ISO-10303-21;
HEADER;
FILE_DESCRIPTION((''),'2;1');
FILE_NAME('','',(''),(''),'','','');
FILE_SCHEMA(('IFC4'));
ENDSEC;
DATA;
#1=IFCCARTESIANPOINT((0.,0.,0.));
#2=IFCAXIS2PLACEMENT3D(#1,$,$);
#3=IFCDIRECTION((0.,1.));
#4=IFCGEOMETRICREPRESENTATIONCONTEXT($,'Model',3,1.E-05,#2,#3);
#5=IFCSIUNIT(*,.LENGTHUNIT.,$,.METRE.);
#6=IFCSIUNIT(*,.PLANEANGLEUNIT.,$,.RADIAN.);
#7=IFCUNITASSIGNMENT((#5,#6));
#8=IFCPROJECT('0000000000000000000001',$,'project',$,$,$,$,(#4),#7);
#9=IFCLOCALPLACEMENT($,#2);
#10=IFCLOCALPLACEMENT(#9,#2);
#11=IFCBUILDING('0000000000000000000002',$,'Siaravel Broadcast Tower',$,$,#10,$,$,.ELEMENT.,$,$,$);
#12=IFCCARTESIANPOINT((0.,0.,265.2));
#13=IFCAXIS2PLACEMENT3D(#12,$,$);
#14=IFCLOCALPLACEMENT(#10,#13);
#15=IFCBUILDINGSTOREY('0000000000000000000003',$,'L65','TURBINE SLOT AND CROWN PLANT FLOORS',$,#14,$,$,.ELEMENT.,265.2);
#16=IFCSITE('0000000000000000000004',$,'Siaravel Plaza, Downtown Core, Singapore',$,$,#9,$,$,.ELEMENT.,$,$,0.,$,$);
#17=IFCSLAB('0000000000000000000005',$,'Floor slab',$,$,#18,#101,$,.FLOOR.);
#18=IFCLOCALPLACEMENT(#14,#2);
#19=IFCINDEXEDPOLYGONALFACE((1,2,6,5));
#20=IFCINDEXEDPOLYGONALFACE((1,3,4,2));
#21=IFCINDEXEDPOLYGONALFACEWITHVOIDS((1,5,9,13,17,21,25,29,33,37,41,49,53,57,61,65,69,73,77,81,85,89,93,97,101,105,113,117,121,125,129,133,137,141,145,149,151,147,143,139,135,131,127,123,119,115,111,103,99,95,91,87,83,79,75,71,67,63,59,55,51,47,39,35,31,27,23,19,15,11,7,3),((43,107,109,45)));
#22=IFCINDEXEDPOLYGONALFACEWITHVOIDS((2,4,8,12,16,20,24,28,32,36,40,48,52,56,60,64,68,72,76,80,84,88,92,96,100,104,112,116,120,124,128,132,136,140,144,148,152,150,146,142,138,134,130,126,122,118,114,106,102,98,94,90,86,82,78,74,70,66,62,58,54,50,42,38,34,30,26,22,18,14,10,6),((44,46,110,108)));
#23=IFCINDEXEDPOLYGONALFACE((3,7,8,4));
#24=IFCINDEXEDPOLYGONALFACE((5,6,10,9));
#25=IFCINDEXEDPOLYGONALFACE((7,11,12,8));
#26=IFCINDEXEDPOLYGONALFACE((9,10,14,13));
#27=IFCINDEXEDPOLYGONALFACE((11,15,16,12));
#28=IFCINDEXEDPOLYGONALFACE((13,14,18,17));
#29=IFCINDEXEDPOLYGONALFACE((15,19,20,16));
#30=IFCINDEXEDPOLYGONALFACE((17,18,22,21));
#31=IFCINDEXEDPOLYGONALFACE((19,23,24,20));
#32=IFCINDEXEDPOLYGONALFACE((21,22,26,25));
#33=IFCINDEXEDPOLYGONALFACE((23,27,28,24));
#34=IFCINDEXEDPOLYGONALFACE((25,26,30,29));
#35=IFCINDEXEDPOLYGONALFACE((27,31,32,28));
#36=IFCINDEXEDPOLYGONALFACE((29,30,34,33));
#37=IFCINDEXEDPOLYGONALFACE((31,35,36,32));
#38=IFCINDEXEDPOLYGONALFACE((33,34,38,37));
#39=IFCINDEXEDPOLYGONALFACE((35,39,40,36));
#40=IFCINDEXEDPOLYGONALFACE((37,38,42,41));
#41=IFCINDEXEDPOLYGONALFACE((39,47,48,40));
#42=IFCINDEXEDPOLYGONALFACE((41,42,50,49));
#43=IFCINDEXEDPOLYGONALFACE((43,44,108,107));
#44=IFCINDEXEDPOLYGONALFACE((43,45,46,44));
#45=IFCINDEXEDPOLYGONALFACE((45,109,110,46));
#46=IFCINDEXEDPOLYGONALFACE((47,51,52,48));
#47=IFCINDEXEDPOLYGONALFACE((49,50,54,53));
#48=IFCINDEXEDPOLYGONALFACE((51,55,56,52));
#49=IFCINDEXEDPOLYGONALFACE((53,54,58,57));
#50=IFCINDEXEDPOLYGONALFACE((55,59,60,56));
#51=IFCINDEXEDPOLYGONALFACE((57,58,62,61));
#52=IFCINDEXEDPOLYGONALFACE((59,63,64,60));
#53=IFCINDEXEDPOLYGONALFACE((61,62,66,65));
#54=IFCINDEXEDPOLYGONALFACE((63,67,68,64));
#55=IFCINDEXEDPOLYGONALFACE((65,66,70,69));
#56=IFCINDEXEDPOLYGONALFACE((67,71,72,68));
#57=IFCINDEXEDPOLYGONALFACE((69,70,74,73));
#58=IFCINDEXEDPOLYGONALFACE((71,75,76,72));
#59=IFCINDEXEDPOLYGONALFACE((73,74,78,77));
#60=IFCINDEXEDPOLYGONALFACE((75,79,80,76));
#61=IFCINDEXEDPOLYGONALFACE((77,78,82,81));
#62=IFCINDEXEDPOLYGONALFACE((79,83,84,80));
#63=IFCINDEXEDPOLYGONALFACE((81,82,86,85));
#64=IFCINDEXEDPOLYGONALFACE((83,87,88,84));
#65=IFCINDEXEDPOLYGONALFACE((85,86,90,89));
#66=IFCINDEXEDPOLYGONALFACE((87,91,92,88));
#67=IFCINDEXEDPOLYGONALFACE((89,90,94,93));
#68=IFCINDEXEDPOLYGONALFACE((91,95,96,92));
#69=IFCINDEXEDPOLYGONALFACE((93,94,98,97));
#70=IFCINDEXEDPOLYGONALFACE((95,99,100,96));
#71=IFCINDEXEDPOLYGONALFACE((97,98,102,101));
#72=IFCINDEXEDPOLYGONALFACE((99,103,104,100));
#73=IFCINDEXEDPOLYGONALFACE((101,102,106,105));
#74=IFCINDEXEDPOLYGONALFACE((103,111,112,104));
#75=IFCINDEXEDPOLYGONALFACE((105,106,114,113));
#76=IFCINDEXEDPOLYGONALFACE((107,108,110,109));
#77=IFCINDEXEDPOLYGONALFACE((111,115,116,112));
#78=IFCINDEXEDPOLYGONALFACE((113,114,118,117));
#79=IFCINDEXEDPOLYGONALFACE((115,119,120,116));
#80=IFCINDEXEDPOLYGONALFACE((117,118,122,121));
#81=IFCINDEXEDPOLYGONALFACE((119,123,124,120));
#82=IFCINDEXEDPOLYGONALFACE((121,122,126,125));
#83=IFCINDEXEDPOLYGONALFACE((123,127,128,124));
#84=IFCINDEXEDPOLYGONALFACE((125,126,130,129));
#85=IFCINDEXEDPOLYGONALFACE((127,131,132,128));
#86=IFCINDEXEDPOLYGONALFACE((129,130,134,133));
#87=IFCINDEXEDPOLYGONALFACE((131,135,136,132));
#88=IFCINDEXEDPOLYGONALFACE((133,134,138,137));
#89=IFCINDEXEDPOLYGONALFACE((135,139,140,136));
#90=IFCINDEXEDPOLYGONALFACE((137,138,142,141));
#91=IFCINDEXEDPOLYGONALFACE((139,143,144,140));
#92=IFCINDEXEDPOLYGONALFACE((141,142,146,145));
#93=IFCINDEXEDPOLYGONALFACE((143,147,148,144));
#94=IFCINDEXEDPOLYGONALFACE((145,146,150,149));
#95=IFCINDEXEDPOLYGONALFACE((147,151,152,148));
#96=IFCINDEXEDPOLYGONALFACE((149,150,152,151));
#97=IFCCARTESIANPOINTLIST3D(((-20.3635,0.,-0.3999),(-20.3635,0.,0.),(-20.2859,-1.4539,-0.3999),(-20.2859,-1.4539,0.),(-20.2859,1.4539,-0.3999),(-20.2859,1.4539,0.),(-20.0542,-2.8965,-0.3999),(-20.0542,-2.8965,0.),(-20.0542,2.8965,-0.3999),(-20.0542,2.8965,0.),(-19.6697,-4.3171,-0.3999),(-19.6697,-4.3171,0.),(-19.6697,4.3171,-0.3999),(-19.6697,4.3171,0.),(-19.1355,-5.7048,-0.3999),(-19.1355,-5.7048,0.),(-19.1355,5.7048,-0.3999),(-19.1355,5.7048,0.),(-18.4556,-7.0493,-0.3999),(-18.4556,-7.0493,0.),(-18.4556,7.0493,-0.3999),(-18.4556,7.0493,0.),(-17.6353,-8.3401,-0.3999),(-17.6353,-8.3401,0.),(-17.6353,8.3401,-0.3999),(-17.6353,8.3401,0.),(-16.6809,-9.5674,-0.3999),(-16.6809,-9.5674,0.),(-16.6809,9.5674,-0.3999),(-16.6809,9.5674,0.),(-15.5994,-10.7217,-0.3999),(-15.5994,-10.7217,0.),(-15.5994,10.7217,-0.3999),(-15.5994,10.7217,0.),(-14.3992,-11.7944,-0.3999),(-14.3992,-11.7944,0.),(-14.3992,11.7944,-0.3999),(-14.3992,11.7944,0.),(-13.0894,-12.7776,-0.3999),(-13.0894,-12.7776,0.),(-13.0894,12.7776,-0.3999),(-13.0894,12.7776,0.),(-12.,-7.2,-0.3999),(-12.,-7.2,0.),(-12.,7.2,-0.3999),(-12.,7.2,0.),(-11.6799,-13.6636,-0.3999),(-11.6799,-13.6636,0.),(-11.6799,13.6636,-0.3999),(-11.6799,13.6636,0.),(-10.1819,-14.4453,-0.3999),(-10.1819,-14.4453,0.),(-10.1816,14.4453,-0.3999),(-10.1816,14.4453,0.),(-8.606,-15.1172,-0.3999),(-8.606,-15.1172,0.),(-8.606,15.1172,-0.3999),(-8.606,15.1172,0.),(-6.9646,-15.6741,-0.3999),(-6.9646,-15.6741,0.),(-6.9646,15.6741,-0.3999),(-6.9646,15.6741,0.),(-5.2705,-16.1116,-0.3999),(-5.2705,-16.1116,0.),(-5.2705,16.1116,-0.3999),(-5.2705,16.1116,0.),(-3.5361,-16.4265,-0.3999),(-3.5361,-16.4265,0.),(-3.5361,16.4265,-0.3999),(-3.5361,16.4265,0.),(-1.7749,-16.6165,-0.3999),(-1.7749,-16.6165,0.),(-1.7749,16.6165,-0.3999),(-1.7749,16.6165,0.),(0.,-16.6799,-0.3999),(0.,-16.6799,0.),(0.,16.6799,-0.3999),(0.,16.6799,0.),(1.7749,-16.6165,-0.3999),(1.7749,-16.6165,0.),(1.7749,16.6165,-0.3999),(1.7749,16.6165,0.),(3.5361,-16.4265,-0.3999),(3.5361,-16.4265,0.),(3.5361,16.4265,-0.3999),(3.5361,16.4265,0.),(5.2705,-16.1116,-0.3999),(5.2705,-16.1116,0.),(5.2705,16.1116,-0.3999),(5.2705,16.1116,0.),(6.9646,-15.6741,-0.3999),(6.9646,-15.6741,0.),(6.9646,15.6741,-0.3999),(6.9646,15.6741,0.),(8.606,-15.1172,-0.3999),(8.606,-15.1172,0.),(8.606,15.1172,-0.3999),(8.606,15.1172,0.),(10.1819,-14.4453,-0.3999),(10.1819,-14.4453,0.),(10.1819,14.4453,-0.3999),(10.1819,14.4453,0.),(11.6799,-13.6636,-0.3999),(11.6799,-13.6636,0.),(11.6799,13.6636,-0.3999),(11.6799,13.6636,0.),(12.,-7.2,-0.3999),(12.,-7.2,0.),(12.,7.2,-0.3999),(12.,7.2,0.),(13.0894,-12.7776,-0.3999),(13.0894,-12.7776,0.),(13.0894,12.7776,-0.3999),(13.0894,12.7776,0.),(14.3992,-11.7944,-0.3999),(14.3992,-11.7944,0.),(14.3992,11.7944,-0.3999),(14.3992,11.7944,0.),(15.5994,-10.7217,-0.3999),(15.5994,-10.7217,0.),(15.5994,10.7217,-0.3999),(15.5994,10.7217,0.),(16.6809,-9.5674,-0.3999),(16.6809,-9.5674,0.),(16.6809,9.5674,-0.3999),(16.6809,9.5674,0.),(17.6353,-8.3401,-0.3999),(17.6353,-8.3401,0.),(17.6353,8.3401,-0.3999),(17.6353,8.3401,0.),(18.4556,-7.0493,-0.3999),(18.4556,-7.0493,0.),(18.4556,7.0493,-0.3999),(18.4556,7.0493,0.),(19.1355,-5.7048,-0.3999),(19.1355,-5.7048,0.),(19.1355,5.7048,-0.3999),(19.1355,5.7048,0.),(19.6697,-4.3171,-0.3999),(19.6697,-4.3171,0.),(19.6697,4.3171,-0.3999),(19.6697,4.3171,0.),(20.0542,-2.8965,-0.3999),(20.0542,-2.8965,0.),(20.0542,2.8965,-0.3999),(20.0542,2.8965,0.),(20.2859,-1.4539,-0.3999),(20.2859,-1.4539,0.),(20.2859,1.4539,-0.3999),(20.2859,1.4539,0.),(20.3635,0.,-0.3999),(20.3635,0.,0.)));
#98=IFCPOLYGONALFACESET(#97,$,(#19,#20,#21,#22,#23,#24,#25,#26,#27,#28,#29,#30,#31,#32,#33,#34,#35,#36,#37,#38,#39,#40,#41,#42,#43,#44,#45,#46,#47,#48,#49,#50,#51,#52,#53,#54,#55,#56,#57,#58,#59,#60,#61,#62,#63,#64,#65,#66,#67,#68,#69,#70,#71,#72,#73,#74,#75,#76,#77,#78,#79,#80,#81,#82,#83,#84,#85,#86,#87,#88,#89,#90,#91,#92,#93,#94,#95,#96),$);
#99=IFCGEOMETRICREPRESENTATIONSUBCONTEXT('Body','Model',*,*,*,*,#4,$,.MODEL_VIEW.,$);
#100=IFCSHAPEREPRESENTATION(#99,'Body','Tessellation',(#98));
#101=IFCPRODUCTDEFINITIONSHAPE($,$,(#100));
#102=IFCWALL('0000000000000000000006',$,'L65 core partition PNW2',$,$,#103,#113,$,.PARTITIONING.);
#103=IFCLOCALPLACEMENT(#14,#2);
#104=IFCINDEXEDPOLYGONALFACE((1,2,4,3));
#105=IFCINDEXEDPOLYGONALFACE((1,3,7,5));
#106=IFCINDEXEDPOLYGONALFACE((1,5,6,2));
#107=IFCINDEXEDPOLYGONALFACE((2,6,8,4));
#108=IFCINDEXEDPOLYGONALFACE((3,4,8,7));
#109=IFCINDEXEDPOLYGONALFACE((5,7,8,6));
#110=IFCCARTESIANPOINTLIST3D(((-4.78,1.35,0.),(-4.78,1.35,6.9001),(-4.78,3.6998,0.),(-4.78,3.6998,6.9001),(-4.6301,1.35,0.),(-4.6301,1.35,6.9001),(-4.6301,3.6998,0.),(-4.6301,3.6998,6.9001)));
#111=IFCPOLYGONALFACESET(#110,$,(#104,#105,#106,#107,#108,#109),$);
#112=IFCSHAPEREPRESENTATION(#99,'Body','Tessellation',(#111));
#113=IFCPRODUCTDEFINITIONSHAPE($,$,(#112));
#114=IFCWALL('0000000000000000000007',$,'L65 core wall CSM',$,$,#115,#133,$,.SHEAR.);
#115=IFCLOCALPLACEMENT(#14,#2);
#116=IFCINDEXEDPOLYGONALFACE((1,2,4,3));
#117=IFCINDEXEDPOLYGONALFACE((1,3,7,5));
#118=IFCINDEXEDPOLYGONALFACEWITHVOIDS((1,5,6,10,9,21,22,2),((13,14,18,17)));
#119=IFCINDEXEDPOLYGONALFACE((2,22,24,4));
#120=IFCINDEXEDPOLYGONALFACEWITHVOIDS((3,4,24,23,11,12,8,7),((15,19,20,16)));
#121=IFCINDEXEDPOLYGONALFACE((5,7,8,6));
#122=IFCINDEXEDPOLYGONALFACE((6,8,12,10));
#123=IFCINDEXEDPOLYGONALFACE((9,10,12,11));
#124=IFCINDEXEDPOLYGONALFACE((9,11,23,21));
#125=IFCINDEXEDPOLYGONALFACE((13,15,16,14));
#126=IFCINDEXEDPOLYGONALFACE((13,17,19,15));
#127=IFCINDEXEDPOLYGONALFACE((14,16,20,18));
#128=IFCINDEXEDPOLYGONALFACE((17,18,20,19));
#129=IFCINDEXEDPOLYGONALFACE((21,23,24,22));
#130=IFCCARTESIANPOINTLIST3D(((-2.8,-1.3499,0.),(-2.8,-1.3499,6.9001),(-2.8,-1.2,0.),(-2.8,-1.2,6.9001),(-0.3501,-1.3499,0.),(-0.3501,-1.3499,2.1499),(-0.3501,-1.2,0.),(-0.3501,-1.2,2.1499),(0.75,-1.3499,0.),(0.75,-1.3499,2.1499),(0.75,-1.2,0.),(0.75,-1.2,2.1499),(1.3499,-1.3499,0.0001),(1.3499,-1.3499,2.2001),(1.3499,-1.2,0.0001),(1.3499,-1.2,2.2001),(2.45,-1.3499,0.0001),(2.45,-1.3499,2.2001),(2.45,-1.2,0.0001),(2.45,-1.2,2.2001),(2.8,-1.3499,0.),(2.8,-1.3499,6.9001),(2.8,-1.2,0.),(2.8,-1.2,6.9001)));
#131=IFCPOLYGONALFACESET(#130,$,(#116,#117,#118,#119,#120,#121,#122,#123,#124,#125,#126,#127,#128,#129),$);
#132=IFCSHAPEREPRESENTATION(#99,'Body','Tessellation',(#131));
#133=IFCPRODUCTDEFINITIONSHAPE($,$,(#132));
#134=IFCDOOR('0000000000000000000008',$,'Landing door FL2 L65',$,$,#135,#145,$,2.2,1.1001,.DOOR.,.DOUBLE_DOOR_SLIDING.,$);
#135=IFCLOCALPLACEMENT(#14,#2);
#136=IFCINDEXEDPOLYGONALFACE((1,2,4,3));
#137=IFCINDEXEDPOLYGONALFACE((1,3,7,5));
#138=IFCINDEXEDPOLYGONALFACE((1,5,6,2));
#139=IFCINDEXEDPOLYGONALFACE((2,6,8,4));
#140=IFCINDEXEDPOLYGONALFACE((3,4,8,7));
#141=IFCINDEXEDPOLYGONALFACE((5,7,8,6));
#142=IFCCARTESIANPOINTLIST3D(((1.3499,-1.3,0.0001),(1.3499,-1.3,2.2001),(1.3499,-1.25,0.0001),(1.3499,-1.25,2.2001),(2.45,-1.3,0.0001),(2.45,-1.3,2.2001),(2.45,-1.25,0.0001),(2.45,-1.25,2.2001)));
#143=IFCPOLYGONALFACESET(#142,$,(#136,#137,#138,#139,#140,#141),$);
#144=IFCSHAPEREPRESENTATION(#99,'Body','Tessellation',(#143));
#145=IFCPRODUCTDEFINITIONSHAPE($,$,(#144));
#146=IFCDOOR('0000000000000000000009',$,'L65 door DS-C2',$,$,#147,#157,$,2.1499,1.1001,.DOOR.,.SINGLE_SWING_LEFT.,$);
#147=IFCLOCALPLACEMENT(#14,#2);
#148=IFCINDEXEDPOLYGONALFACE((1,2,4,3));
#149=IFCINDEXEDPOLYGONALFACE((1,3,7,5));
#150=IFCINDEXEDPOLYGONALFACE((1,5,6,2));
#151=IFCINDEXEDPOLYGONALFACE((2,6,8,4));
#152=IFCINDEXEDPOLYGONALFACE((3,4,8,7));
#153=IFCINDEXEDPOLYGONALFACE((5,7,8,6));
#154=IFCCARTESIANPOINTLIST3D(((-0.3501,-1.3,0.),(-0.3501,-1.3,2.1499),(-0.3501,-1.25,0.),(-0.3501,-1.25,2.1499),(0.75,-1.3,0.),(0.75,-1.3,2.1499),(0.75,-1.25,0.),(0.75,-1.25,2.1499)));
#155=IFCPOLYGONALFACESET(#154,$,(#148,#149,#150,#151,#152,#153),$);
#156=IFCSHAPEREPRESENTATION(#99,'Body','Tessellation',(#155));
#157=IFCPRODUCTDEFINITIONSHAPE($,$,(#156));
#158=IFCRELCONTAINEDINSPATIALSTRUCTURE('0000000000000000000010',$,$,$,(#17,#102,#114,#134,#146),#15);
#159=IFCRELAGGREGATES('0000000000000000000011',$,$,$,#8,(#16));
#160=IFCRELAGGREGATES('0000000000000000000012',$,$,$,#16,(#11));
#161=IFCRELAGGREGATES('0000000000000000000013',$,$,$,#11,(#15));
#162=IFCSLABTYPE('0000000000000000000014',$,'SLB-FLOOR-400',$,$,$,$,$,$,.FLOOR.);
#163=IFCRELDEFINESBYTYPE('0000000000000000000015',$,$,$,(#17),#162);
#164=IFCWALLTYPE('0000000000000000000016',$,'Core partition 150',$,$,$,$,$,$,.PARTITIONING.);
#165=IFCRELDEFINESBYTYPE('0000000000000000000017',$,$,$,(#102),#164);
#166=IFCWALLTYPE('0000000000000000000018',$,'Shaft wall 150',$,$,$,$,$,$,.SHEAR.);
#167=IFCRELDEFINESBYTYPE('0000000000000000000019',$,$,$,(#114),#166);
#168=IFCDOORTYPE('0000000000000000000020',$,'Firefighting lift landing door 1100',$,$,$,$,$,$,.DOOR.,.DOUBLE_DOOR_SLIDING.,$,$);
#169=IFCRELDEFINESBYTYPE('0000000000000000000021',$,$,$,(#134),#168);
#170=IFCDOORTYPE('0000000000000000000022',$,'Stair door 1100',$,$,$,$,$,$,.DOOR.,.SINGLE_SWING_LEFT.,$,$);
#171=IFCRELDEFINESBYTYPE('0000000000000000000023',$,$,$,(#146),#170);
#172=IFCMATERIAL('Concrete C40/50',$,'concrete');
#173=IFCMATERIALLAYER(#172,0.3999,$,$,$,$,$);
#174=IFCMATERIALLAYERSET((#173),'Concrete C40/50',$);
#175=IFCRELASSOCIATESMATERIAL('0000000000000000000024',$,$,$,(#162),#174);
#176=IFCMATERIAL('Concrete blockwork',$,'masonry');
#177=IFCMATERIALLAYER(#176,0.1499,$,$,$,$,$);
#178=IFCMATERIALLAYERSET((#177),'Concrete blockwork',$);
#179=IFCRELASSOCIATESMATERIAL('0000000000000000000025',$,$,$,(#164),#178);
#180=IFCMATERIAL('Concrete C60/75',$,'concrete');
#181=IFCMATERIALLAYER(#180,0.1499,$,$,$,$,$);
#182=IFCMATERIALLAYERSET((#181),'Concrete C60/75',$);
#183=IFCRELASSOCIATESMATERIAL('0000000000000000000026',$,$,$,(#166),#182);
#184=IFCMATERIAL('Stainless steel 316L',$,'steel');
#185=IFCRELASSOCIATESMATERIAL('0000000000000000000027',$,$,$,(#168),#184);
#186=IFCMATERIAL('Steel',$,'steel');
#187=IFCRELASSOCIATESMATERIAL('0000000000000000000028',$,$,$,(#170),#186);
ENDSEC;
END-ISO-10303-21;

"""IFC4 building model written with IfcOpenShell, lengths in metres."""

from ifc_helpers import new_model, si_unit, direction, frame, frame_2d, origin, place, context, subcontext, project, spatial, polyline, rectangle, outline, extrude, material, layer, layer_set, type_object, element, fill, save


model = new_model("IFC4")

# Units and contexts
model_context = context("Model", 3, precision=1e-05, world=origin(), true_north=direction((0.0, 1.0)))
body_context = subcontext(model_context, "Body", "Model", "MODEL_VIEW")
ifc_project = project(units=[si_unit("LENGTHUNIT", "METRE"), si_unit("PLANEANGLEUNIT", "RADIAN")], contexts=[model_context])

# Site, building, storey
site_placement = place(None, origin())
site = spatial("IfcSite", under=ifc_project, at=site_placement, Name="Siaravel Plaza, Downtown Core, Singapore", CompositionType="ELEMENT", RefElevation=0.0)
building_placement = place(site_placement, origin())
building = spatial("IfcBuilding", under=site, at=building_placement, Name="Siaravel Broadcast Tower", CompositionType="ELEMENT")
storey_placement = place(building_placement, frame((0.0, 0.0, 265.2)))
storey = spatial("IfcBuildingStorey", under=building, at=storey_placement, Name="L65", Description="TURBINE SLOT AND CROWN PLANT FLOORS", CompositionType="ELEMENT", Elevation=265.2)

# Slab
ifc_material_1 = material(Name="Concrete C40/50", Category="concrete")
ifc_layer_1 = layer(ifc_material_1, 0.3999)
ifc_layer_set_1 = layer_set([ifc_layer_1], Name="Concrete C40/50")
slab_type = type_object("IfcSlabType", Name="SLB-FLOOR-400", PredefinedType="FLOOR", material=ifc_layer_set_1)
slab_placement = place(storey_placement, frame((0.0, 0.0, -0.3999)))
element("IfcSlab", 1, at=slab_placement, inside=storey, type_object=slab_type, Name="Floor slab", PredefinedType="FLOOR", context=body_context, shape_type="SweptSolid", body=[
    extrude(outline(polyline([(20.3635, 0.0), (20.2859, 1.4539), (20.0542, 2.8965), (19.6697, 4.3171), (19.1355, 5.7048), (18.4556, 7.0493), (17.6353, 8.3401), (16.6809, 9.5674), (15.5994, 10.7217), (14.3992, 11.7944), (13.0894, 12.7776), (11.6799, 13.6636), (10.1819, 14.4453), (8.606, 15.1172), (6.9646, 15.6741), (5.2705, 16.1116), (3.5361, 16.4265), (1.7749, 16.6165), (0.0, 16.6799), (-1.7749, 16.6165), (-3.5361, 16.4265), (-5.2705, 16.1116), (-6.9646, 15.6741), (-8.606, 15.1172), (-10.1816, 14.4453), (-11.6799, 13.6636), (-13.0894, 12.7776), (-14.3992, 11.7944), (-15.5994, 10.7217), (-16.6809, 9.5674), (-17.6353, 8.3401), (-18.4556, 7.0493), (-19.1355, 5.7048), (-19.6697, 4.3171), (-20.0542, 2.8965), (-20.2859, 1.4539), (-20.3635, 0.0), (-20.2859, -1.4539), (-20.0542, -2.8965), (-19.6697, -4.3171), (-19.1355, -5.7048), (-18.4556, -7.0493), (-17.6353, -8.3401), (-16.6809, -9.5674), (-15.5994, -10.7217), (-14.3992, -11.7944), (-13.0894, -12.7776), (-11.6799, -13.6636), (-10.1819, -14.4453), (-8.606, -15.1172), (-6.9646, -15.6741), (-5.2705, -16.1116), (-3.5361, -16.4265), (-1.7749, -16.6165), (0.0, -16.6799), (1.7749, -16.6165), (3.5361, -16.4265), (5.2705, -16.1116), (6.9646, -15.6741), (8.606, -15.1172), (10.1819, -14.4453), (11.6799, -13.6636), (13.0894, -12.7776), (14.3992, -11.7944), (15.5994, -10.7217), (16.6809, -9.5674), (17.6353, -8.3401), (18.4556, -7.0493), (19.1355, -5.7048), (19.6697, -4.3171), (20.0542, -2.8965), (20.2859, -1.4539), (20.3635, 0.0)]), holes=[polyline([(-12.0, 7.2), (12.0, 7.2), (12.0, -7.2), (-12.0, -7.2), (-12.0, 7.2)])]), origin(), (0.0, 0.0, 1.0), 0.3999),
])

# Wall
ifc_material_2 = material(Name="Concrete blockwork", Category="masonry")
ifc_layer_2 = layer(ifc_material_2, 0.1499)
ifc_layer_set_2 = layer_set([ifc_layer_2], Name="Concrete blockwork")
wall_type_1 = type_object("IfcWallType", Name="Core partition 150", PredefinedType="PARTITIONING", material=ifc_layer_set_2)
wall_1_placement = place(storey_placement, frame((-4.7051, 1.3501, 0.0), z_axis=(0.0, 0.0, 1.0), x_axis=(0.0, 1.0, 0.0)))
element("IfcWall", 2, at=wall_1_placement, inside=storey, type_object=wall_type_1, Name="L65 core partition PNW2", PredefinedType="PARTITIONING", context=body_context, shape_type="SweptSolid", body=[
    extrude(rectangle(XDim=2.3499, YDim=0.1499, at=frame_2d((1.1748, 0.0))), origin(), (0.0, 0.0, 1.0), 6.9001),
])

# Wall, openings, doors
ifc_material_3 = material(Name="Concrete C60/75", Category="concrete")
ifc_layer_3 = layer(ifc_material_3, 0.1499)
ifc_layer_set_3 = layer_set([ifc_layer_3], Name="Concrete C60/75")
wall_type_2 = type_object("IfcWallType", Name="Shaft wall 150", PredefinedType="SHEAR", material=ifc_layer_set_3)
wall_2_placement = place(storey_placement, frame((-2.8, -1.2749, 0.0), z_axis=(0.0, 0.0, 1.0), x_axis=(1.0, 0.0, 0.0)))
wall_2 = element("IfcWall", 3, at=wall_2_placement, inside=storey, type_object=wall_type_2, Name="L65 core wall CSM", PredefinedType="SHEAR", context=body_context, shape_type="SweptSolid", body=[
    extrude(rectangle(XDim=5.6001, YDim=0.1499, at=frame_2d((2.8, 0.0))), origin(), (0.0, 0.0, 1.0), 6.9001),
])
opening_1_placement = place(wall_2_placement, frame((4.1499, 0.0, 0.0)))
opening_1 = element("IfcOpeningElement", 4, at=opening_1_placement, cuts=wall_2, PredefinedType="OPENING", context=body_context, shape_type="SweptSolid", body=[
    extrude(rectangle(XDim=1.1001, YDim=2.2, at=frame_2d((0.55, 1.1001))), frame((0.0, 0.085, 0.0), z_axis=(0.0, -1.0, 0.0), x_axis=(1.0, 0.0, 0.0)), (0.0, 0.0, 1.0), 0.1699),
])
opening_2_placement = place(wall_2_placement, frame((2.45, 0.0, 0.0)))
opening_2 = element("IfcOpeningElement", 5, at=opening_2_placement, cuts=wall_2, PredefinedType="OPENING", context=body_context, shape_type="SweptSolid", body=[
    extrude(rectangle(XDim=1.1001, YDim=2.1499, at=frame_2d((0.55, 1.075))), frame((0.0, 0.085, 0.0), z_axis=(0.0, -1.0, 0.0), x_axis=(1.0, 0.0, 0.0)), (0.0, 0.0, 1.0), 0.1699),
])
ifc_material_4 = material(Name="Stainless steel 316L", Category="steel")
door_type_1 = type_object("IfcDoorType", Name="Firefighting lift landing door 1100", OperationType="DOUBLE_DOOR_SLIDING", PredefinedType="DOOR", material=ifc_material_4)
door_1_placement = place(opening_1_placement, origin())
door_1 = element("IfcDoor", 6, at=door_1_placement, inside=storey, type_object=door_type_1, Name="Landing door FL2 L65", OperationType="DOUBLE_DOOR_SLIDING", OverallHeight=2.2, OverallWidth=1.1001, PredefinedType="DOOR", context=body_context, shape_type="SweptSolid", body=[
    extrude(rectangle(XDim=1.1001, YDim=2.2, at=frame_2d((0.55, 1.1001))), frame((0.0, 0.0249, 0.0), z_axis=(0.0, -1.0, 0.0), x_axis=(1.0, 0.0, 0.0)), (0.0, 0.0, 1.0), 0.05),
])
fill(opening_1, door_1)
ifc_material_5 = material(Name="Steel", Category="steel")
door_type_2 = type_object("IfcDoorType", Name="Stair door 1100", OperationType="SINGLE_SWING_LEFT", PredefinedType="DOOR", material=ifc_material_5)
door_2_placement = place(opening_2_placement, origin())
door_2 = element("IfcDoor", 7, at=door_2_placement, inside=storey, type_object=door_type_2, Name="L65 door DS-C2", OperationType="SINGLE_SWING_LEFT", OverallHeight=2.1499, OverallWidth=1.1001, PredefinedType="DOOR", context=body_context, shape_type="SweptSolid", body=[
    extrude(rectangle(XDim=1.1001, YDim=2.1499, at=frame_2d((0.55, 1.075))), frame((0.0, 0.0249, 0.0), z_axis=(0.0, -1.0, 0.0), x_axis=(1.0, 0.0, 0.0)), (0.0, 0.0, 1.0), 0.05),
])
fill(opening_2, door_2)

save(model, "model.ifc")
